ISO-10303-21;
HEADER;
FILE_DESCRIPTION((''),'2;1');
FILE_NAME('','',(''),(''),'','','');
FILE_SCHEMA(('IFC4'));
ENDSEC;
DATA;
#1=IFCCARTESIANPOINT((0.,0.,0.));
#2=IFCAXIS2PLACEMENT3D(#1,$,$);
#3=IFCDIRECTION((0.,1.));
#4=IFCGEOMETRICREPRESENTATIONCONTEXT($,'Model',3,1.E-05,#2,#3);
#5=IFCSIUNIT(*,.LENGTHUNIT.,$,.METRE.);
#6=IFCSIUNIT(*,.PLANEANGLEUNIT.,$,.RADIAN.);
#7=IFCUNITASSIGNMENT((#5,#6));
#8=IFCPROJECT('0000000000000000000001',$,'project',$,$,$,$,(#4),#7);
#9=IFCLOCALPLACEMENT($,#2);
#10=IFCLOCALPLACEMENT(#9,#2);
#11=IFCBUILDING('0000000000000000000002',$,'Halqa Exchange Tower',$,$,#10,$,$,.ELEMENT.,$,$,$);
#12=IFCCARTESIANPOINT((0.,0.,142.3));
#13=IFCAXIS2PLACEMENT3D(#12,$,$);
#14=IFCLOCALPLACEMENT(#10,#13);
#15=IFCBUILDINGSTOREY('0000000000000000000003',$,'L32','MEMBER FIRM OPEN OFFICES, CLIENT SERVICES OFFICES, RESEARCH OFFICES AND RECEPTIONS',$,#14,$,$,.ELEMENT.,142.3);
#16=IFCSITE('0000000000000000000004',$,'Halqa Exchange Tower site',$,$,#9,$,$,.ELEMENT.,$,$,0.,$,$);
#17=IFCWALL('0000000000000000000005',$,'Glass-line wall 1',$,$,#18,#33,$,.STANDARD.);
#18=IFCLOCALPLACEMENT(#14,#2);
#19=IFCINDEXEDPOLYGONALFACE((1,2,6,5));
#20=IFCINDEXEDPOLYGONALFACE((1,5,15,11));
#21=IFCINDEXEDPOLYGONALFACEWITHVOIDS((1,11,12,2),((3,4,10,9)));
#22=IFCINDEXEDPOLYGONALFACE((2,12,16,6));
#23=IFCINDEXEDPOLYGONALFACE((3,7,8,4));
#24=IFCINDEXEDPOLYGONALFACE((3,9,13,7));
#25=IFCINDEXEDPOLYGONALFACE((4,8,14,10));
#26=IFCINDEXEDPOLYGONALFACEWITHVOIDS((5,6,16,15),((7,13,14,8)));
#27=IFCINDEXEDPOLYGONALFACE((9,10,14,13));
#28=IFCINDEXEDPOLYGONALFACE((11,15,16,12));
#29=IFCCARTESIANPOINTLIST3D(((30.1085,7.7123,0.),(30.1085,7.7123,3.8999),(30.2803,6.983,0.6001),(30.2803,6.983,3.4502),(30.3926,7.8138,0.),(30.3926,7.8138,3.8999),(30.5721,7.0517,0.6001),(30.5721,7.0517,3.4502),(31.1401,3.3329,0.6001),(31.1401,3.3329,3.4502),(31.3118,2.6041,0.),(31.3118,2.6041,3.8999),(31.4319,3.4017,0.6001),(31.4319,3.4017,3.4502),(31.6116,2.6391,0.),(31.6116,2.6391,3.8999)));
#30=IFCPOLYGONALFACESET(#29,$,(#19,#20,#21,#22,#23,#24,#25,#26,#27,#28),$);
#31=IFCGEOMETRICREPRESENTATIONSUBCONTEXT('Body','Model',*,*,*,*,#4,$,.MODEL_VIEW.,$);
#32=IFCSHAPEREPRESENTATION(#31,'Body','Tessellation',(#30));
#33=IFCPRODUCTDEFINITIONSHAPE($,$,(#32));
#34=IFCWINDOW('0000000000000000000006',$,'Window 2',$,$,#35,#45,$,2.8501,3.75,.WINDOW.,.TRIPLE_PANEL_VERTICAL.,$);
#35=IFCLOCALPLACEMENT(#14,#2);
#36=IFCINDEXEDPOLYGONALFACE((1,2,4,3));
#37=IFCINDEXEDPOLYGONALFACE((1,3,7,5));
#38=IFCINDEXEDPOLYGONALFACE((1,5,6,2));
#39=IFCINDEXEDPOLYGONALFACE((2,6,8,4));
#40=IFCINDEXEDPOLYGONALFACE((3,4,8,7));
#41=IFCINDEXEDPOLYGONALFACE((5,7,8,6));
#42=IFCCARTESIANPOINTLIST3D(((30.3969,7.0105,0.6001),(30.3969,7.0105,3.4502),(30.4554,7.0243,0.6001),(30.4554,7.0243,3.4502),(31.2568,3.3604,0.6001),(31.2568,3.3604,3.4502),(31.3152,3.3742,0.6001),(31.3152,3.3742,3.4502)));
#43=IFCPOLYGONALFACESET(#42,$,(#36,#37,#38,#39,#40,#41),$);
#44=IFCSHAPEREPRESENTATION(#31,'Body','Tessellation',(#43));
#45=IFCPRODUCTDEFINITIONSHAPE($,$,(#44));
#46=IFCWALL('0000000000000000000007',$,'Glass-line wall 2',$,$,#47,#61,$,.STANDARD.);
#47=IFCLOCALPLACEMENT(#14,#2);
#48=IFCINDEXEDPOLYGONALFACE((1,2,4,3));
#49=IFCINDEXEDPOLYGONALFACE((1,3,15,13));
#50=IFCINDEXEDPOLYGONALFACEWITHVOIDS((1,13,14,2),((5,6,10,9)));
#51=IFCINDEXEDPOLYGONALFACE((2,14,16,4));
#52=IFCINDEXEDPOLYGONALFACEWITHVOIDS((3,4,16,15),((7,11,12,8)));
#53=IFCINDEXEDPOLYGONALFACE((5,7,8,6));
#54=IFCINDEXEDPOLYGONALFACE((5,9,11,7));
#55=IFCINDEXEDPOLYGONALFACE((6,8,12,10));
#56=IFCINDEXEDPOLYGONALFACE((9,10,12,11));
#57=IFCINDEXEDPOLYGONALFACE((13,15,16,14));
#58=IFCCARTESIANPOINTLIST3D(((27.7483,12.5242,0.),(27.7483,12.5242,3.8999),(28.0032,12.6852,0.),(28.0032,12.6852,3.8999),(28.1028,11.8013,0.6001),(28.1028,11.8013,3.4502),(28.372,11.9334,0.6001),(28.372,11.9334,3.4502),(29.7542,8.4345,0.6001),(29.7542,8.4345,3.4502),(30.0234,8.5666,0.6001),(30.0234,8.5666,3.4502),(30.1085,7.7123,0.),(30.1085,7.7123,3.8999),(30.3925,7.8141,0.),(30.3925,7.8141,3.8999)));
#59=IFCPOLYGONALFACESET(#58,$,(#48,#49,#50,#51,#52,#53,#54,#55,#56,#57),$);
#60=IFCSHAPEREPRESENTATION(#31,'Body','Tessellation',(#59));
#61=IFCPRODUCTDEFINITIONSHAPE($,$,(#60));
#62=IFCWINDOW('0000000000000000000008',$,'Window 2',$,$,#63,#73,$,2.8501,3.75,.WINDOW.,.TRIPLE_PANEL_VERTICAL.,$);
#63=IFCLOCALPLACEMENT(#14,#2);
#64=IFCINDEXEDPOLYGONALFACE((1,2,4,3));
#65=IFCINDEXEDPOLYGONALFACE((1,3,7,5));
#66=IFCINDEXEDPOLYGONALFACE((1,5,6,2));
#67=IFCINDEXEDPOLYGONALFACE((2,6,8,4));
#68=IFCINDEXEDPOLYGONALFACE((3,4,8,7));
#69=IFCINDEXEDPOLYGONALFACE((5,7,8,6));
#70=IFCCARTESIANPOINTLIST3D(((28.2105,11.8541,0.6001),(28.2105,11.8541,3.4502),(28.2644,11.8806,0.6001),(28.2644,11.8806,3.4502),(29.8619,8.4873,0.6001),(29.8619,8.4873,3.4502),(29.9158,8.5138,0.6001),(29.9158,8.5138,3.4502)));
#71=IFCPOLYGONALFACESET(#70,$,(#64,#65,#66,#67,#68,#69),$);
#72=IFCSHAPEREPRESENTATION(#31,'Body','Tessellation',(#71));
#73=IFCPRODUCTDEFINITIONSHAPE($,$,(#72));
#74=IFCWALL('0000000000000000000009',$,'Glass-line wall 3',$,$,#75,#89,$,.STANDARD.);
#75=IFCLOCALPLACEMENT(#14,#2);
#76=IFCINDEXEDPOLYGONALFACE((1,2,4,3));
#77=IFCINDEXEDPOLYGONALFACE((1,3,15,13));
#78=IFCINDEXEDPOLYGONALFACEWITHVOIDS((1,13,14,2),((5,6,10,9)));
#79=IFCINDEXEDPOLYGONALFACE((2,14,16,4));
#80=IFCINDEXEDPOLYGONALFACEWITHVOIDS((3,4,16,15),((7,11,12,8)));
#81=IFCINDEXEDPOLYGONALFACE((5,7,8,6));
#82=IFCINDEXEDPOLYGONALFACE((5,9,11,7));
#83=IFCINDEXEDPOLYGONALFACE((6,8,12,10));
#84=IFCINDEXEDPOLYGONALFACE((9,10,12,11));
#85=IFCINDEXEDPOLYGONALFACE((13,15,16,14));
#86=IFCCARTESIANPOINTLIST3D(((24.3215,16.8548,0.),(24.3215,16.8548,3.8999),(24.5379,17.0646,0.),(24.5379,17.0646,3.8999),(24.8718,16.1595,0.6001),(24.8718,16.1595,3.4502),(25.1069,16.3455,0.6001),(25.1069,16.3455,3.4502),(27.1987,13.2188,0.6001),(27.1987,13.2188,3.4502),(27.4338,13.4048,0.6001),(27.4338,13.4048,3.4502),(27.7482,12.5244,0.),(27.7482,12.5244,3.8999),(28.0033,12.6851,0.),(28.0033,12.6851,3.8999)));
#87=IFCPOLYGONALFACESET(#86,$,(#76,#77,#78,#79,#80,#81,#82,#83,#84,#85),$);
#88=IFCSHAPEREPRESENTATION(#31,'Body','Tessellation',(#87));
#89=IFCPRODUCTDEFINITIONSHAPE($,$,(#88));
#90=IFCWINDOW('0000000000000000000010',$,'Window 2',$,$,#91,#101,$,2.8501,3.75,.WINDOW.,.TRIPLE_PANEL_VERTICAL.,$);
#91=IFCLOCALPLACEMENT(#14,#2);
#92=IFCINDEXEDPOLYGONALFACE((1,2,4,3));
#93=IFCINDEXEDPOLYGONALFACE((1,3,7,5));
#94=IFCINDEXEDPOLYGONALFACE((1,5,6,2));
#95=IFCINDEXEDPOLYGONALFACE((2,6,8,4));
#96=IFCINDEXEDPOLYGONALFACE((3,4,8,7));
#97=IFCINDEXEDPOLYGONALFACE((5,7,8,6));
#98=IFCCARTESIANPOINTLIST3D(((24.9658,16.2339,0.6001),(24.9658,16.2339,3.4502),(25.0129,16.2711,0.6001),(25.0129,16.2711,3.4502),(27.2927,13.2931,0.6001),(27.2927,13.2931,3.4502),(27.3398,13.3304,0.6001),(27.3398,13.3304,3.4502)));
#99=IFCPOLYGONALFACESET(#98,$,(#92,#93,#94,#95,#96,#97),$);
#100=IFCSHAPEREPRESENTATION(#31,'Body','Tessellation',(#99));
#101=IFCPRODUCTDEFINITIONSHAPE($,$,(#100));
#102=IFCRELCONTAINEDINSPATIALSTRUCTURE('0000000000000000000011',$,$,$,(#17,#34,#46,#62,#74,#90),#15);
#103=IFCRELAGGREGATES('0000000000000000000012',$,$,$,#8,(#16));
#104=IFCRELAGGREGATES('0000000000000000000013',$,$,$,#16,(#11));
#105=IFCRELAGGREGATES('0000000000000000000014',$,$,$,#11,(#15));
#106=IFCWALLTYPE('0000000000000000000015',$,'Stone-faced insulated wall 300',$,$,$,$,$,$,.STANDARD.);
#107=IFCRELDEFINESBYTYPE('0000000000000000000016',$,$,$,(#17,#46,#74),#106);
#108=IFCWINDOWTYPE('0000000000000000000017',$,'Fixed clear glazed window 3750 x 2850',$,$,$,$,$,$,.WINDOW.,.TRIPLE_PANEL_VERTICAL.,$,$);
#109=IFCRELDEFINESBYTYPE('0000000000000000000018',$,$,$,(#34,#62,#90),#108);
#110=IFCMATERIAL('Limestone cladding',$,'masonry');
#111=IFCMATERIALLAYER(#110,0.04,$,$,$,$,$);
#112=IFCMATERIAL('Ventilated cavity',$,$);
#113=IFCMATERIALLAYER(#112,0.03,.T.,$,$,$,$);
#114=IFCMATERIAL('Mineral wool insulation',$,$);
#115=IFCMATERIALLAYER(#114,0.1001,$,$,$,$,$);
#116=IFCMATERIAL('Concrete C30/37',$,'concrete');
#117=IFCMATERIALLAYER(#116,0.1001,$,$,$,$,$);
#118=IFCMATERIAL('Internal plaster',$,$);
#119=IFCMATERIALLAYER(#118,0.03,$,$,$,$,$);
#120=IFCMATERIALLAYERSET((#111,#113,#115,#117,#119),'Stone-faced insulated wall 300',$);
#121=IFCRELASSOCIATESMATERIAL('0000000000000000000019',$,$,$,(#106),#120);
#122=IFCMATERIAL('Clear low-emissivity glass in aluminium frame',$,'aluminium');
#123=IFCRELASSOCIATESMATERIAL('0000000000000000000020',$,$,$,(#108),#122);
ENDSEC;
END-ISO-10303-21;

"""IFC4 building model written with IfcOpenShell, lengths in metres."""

from ifc_helpers import new_model, si_unit, direction, frame, frame_2d, origin, place, context, subcontext, project, spatial, polyline, rectangle, outline, extrude, material, layer, layer_set, type_object, element, fill, save


model = new_model("IFC4")

# Units and contexts
model_context = context("Model", 3, precision=1e-05, world=origin(), true_north=direction((0.0, 1.0)))
body_context = subcontext(model_context, "Body", "Model", "MODEL_VIEW")
ifc_project = project(units=[si_unit("LENGTHUNIT", "METRE"), si_unit("PLANEANGLEUNIT", "RADIAN")], contexts=[model_context])

# Site, building, storey
site_placement = place(None, origin())
site = spatial("IfcSite", under=ifc_project, at=site_placement, Name="Halqa Exchange Tower site", CompositionType="ELEMENT", RefElevation=0.0)
building_placement = place(site_placement, origin())
building = spatial("IfcBuilding", under=site, at=building_placement, Name="Halqa Exchange Tower", CompositionType="ELEMENT")
storey_placement = place(building_placement, frame((0.0, 0.0, 142.3)))
storey = spatial("IfcBuildingStorey", under=building, at=storey_placement, Name="L32", Description="MEMBER FIRM OPEN OFFICES, CLIENT SERVICES OFFICES, RESEARCH OFFICES AND RECEPTIONS", CompositionType="ELEMENT", Elevation=142.3)

# Walls, openings, windows
ifc_material_1 = material(Name="Limestone cladding", Category="masonry")
ifc_layer_1 = layer(ifc_material_1, 0.04)
ifc_material_2 = material(Name="Ventilated cavity")
ifc_layer_2 = layer(ifc_material_2, 0.03, ventilated=True)
ifc_material_3 = material(Name="Mineral wool insulation")
ifc_layer_3 = layer(ifc_material_3, 0.1001)
ifc_material_4 = material(Name="Concrete C30/37", Category="concrete")
ifc_layer_4 = layer(ifc_material_4, 0.1001)
ifc_material_5 = material(Name="Internal plaster")
ifc_layer_5 = layer(ifc_material_5, 0.03)
ifc_layer_set_1 = layer_set([ifc_layer_1, ifc_layer_2, ifc_layer_3, ifc_layer_4, ifc_layer_5], Name="Stone-faced insulated wall 300")
wall_type_1 = type_object("IfcWallType", Name="Stone-faced insulated wall 300", PredefinedType="STANDARD", material=ifc_layer_set_1)
wall_1_placement = place(storey_placement, frame((31.4617, 2.6216, 0.0), z_axis=(0.0, 0.0, 1.0), x_axis=(-0.229289, 0.973358, 0.0)))
wall_1 = element("IfcWall", 1, at=wall_1_placement, inside=storey, type_object=wall_type_1, Name="Glass-line wall 1", PredefinedType="STANDARD", context=body_context, shape_type="SweptSolid", body=[
    extrude(outline(polyline([(-0.0173, -0.1499), (5.2991, -0.1499), (5.2654, 0.1499), (0.0173, 0.1499), (-0.0173, -0.1499)])), origin(), (0.0, 0.0, 1.0), 3.8999),
])
opening_1_placement = place(wall_1_placement, frame((0.7661, 0.0, 0.6001)))
opening_1 = element("IfcOpeningElement", 2, at=opening_1_placement, cuts=wall_1, PredefinedType="OPENING", context=body_context, shape_type="SweptSolid", body=[
    extrude(rectangle(XDim=3.75, YDim=2.8501, at=frame_2d((1.875, 1.425))), frame((0.0, 0.1621, 0.0), z_axis=(0.0, -1.0, 0.0), x_axis=(1.0, 0.0, 0.0)), (0.0, 0.0, 1.0), 0.324),
])
ifc_material_6 = material(Name="Clear low-emissivity glass in aluminium frame", Category="aluminium")
window_type = type_object("IfcWindowType", Name="Fixed clear glazed window 3750 x 2850", PartitioningType="TRIPLE_PANEL_VERTICAL", PredefinedType="WINDOW", material=ifc_material_6)
window_1_placement = place(opening_1_placement, origin())
window_1 = element("IfcWindow", 3, at=window_1_placement, inside=storey, type_object=window_type, Name="Window 2", OverallHeight=2.8501, OverallWidth=3.75, PartitioningType="TRIPLE_PANEL_VERTICAL", PredefinedType="WINDOW", context=body_context, shape_type="SweptSolid", body=[
    extrude(rectangle(XDim=3.75, YDim=2.8501, at=frame_2d((1.875, 1.425))), frame((0.0, 0.03, 0.0), z_axis=(0.0, -1.0, 0.0), x_axis=(1.0, 0.0, 0.0)), (0.0, 0.0, 1.0), 0.0601),
])
fill(opening_1, window_1)
wall_2_placement = place(storey_placement, frame((30.2505, 7.7632, 0.0), z_axis=(0.0, 0.0, 1.0), x_axis=(-0.440373, 0.897815, 0.0)))
wall_2 = element("IfcWall", 4, at=wall_2_placement, inside=storey, type_object=wall_type_1, Name="Glass-line wall 2", PredefinedType="STANDARD", context=body_context, shape_type="SweptSolid", body=[
    extrude(outline(polyline([(-0.0168, -0.1499), (5.4087, -0.1499), (5.3765, 0.1499), (0.0168, 0.1499), (-0.0168, -0.1499)])), origin(), (0.0, 0.0, 1.0), 3.8999),
])
opening_2_placement = place(wall_2_placement, frame((0.8213, 0.0, 0.6001)))
opening_2 = element("IfcOpeningElement", 5, at=opening_2_placement, cuts=wall_2, PredefinedType="OPENING", context=body_context, shape_type="SweptSolid", body=[
    extrude(rectangle(XDim=3.75, YDim=2.8501, at=frame_2d((1.875, 1.425))), frame((0.0, 0.1621, 0.0), z_axis=(0.0, -1.0, 0.0), x_axis=(1.0, 0.0, 0.0)), (0.0, 0.0, 1.0), 0.324),
])
window_2_placement = place(opening_2_placement, origin())
window_2 = element("IfcWindow", 6, at=window_2_placement, inside=storey, type_object=window_type, Name="Window 2", OverallHeight=2.8501, OverallWidth=3.75, PartitioningType="TRIPLE_PANEL_VERTICAL", PredefinedType="WINDOW", context=body_context, shape_type="SweptSolid", body=[
    extrude(rectangle(XDim=3.75, YDim=2.8501, at=frame_2d((1.875, 1.425))), frame((0.0, 0.03, 0.0), z_axis=(0.0, -1.0, 0.0), x_axis=(1.0, 0.0, 0.0)), (0.0, 0.0, 1.0), 0.0601),
])
fill(opening_2, window_2)
wall_3_placement = place(storey_placement, frame((27.8757, 12.6047, 0.0), z_axis=(0.0, 0.0, 1.0), x_axis=(-0.620521, 0.78419, 0.0)))
wall_3 = element("IfcWall", 7, at=wall_3_placement, inside=storey, type_object=wall_type_1, Name="Glass-line wall 3", PredefinedType="STANDARD", context=body_context, shape_type="SweptSolid", body=[
    extrude(outline(polyline([(-0.0161, -0.1499), (5.5686, -0.1499), (5.5383, 0.1499), (0.0161, 0.1499), (-0.0161, -0.1499)])), origin(), (0.0, 0.0, 1.0), 3.8999),
])
opening_3_placement = place(wall_3_placement, frame((0.9016, 0.0, 0.6001)))
opening_3 = element("IfcOpeningElement", 8, at=opening_3_placement, cuts=wall_3, PredefinedType="OPENING", context=body_context, shape_type="SweptSolid", body=[
    extrude(rectangle(XDim=3.75, YDim=2.8501, at=frame_2d((1.875, 1.425))), frame((0.0, 0.1621, 0.0), z_axis=(0.0, -1.0, 0.0), x_axis=(1.0, 0.0, 0.0)), (0.0, 0.0, 1.0), 0.324),
])
window_3_placement = place(opening_3_placement, origin())
window_3 = element("IfcWindow", 9, at=window_3_placement, inside=storey, type_object=window_type, Name="Window 2", OverallHeight=2.8501, OverallWidth=3.75, PartitioningType="TRIPLE_PANEL_VERTICAL", PredefinedType="WINDOW", context=body_context, shape_type="SweptSolid", body=[
    extrude(rectangle(XDim=3.75, YDim=2.8501, at=frame_2d((1.875, 1.425))), frame((0.0, 0.03, 0.0), z_axis=(0.0, -1.0, 0.0), x_axis=(1.0, 0.0, 0.0)), (0.0, 0.0, 1.0), 0.0601),
])
fill(opening_3, window_3)

save(model, "model.ifc")
